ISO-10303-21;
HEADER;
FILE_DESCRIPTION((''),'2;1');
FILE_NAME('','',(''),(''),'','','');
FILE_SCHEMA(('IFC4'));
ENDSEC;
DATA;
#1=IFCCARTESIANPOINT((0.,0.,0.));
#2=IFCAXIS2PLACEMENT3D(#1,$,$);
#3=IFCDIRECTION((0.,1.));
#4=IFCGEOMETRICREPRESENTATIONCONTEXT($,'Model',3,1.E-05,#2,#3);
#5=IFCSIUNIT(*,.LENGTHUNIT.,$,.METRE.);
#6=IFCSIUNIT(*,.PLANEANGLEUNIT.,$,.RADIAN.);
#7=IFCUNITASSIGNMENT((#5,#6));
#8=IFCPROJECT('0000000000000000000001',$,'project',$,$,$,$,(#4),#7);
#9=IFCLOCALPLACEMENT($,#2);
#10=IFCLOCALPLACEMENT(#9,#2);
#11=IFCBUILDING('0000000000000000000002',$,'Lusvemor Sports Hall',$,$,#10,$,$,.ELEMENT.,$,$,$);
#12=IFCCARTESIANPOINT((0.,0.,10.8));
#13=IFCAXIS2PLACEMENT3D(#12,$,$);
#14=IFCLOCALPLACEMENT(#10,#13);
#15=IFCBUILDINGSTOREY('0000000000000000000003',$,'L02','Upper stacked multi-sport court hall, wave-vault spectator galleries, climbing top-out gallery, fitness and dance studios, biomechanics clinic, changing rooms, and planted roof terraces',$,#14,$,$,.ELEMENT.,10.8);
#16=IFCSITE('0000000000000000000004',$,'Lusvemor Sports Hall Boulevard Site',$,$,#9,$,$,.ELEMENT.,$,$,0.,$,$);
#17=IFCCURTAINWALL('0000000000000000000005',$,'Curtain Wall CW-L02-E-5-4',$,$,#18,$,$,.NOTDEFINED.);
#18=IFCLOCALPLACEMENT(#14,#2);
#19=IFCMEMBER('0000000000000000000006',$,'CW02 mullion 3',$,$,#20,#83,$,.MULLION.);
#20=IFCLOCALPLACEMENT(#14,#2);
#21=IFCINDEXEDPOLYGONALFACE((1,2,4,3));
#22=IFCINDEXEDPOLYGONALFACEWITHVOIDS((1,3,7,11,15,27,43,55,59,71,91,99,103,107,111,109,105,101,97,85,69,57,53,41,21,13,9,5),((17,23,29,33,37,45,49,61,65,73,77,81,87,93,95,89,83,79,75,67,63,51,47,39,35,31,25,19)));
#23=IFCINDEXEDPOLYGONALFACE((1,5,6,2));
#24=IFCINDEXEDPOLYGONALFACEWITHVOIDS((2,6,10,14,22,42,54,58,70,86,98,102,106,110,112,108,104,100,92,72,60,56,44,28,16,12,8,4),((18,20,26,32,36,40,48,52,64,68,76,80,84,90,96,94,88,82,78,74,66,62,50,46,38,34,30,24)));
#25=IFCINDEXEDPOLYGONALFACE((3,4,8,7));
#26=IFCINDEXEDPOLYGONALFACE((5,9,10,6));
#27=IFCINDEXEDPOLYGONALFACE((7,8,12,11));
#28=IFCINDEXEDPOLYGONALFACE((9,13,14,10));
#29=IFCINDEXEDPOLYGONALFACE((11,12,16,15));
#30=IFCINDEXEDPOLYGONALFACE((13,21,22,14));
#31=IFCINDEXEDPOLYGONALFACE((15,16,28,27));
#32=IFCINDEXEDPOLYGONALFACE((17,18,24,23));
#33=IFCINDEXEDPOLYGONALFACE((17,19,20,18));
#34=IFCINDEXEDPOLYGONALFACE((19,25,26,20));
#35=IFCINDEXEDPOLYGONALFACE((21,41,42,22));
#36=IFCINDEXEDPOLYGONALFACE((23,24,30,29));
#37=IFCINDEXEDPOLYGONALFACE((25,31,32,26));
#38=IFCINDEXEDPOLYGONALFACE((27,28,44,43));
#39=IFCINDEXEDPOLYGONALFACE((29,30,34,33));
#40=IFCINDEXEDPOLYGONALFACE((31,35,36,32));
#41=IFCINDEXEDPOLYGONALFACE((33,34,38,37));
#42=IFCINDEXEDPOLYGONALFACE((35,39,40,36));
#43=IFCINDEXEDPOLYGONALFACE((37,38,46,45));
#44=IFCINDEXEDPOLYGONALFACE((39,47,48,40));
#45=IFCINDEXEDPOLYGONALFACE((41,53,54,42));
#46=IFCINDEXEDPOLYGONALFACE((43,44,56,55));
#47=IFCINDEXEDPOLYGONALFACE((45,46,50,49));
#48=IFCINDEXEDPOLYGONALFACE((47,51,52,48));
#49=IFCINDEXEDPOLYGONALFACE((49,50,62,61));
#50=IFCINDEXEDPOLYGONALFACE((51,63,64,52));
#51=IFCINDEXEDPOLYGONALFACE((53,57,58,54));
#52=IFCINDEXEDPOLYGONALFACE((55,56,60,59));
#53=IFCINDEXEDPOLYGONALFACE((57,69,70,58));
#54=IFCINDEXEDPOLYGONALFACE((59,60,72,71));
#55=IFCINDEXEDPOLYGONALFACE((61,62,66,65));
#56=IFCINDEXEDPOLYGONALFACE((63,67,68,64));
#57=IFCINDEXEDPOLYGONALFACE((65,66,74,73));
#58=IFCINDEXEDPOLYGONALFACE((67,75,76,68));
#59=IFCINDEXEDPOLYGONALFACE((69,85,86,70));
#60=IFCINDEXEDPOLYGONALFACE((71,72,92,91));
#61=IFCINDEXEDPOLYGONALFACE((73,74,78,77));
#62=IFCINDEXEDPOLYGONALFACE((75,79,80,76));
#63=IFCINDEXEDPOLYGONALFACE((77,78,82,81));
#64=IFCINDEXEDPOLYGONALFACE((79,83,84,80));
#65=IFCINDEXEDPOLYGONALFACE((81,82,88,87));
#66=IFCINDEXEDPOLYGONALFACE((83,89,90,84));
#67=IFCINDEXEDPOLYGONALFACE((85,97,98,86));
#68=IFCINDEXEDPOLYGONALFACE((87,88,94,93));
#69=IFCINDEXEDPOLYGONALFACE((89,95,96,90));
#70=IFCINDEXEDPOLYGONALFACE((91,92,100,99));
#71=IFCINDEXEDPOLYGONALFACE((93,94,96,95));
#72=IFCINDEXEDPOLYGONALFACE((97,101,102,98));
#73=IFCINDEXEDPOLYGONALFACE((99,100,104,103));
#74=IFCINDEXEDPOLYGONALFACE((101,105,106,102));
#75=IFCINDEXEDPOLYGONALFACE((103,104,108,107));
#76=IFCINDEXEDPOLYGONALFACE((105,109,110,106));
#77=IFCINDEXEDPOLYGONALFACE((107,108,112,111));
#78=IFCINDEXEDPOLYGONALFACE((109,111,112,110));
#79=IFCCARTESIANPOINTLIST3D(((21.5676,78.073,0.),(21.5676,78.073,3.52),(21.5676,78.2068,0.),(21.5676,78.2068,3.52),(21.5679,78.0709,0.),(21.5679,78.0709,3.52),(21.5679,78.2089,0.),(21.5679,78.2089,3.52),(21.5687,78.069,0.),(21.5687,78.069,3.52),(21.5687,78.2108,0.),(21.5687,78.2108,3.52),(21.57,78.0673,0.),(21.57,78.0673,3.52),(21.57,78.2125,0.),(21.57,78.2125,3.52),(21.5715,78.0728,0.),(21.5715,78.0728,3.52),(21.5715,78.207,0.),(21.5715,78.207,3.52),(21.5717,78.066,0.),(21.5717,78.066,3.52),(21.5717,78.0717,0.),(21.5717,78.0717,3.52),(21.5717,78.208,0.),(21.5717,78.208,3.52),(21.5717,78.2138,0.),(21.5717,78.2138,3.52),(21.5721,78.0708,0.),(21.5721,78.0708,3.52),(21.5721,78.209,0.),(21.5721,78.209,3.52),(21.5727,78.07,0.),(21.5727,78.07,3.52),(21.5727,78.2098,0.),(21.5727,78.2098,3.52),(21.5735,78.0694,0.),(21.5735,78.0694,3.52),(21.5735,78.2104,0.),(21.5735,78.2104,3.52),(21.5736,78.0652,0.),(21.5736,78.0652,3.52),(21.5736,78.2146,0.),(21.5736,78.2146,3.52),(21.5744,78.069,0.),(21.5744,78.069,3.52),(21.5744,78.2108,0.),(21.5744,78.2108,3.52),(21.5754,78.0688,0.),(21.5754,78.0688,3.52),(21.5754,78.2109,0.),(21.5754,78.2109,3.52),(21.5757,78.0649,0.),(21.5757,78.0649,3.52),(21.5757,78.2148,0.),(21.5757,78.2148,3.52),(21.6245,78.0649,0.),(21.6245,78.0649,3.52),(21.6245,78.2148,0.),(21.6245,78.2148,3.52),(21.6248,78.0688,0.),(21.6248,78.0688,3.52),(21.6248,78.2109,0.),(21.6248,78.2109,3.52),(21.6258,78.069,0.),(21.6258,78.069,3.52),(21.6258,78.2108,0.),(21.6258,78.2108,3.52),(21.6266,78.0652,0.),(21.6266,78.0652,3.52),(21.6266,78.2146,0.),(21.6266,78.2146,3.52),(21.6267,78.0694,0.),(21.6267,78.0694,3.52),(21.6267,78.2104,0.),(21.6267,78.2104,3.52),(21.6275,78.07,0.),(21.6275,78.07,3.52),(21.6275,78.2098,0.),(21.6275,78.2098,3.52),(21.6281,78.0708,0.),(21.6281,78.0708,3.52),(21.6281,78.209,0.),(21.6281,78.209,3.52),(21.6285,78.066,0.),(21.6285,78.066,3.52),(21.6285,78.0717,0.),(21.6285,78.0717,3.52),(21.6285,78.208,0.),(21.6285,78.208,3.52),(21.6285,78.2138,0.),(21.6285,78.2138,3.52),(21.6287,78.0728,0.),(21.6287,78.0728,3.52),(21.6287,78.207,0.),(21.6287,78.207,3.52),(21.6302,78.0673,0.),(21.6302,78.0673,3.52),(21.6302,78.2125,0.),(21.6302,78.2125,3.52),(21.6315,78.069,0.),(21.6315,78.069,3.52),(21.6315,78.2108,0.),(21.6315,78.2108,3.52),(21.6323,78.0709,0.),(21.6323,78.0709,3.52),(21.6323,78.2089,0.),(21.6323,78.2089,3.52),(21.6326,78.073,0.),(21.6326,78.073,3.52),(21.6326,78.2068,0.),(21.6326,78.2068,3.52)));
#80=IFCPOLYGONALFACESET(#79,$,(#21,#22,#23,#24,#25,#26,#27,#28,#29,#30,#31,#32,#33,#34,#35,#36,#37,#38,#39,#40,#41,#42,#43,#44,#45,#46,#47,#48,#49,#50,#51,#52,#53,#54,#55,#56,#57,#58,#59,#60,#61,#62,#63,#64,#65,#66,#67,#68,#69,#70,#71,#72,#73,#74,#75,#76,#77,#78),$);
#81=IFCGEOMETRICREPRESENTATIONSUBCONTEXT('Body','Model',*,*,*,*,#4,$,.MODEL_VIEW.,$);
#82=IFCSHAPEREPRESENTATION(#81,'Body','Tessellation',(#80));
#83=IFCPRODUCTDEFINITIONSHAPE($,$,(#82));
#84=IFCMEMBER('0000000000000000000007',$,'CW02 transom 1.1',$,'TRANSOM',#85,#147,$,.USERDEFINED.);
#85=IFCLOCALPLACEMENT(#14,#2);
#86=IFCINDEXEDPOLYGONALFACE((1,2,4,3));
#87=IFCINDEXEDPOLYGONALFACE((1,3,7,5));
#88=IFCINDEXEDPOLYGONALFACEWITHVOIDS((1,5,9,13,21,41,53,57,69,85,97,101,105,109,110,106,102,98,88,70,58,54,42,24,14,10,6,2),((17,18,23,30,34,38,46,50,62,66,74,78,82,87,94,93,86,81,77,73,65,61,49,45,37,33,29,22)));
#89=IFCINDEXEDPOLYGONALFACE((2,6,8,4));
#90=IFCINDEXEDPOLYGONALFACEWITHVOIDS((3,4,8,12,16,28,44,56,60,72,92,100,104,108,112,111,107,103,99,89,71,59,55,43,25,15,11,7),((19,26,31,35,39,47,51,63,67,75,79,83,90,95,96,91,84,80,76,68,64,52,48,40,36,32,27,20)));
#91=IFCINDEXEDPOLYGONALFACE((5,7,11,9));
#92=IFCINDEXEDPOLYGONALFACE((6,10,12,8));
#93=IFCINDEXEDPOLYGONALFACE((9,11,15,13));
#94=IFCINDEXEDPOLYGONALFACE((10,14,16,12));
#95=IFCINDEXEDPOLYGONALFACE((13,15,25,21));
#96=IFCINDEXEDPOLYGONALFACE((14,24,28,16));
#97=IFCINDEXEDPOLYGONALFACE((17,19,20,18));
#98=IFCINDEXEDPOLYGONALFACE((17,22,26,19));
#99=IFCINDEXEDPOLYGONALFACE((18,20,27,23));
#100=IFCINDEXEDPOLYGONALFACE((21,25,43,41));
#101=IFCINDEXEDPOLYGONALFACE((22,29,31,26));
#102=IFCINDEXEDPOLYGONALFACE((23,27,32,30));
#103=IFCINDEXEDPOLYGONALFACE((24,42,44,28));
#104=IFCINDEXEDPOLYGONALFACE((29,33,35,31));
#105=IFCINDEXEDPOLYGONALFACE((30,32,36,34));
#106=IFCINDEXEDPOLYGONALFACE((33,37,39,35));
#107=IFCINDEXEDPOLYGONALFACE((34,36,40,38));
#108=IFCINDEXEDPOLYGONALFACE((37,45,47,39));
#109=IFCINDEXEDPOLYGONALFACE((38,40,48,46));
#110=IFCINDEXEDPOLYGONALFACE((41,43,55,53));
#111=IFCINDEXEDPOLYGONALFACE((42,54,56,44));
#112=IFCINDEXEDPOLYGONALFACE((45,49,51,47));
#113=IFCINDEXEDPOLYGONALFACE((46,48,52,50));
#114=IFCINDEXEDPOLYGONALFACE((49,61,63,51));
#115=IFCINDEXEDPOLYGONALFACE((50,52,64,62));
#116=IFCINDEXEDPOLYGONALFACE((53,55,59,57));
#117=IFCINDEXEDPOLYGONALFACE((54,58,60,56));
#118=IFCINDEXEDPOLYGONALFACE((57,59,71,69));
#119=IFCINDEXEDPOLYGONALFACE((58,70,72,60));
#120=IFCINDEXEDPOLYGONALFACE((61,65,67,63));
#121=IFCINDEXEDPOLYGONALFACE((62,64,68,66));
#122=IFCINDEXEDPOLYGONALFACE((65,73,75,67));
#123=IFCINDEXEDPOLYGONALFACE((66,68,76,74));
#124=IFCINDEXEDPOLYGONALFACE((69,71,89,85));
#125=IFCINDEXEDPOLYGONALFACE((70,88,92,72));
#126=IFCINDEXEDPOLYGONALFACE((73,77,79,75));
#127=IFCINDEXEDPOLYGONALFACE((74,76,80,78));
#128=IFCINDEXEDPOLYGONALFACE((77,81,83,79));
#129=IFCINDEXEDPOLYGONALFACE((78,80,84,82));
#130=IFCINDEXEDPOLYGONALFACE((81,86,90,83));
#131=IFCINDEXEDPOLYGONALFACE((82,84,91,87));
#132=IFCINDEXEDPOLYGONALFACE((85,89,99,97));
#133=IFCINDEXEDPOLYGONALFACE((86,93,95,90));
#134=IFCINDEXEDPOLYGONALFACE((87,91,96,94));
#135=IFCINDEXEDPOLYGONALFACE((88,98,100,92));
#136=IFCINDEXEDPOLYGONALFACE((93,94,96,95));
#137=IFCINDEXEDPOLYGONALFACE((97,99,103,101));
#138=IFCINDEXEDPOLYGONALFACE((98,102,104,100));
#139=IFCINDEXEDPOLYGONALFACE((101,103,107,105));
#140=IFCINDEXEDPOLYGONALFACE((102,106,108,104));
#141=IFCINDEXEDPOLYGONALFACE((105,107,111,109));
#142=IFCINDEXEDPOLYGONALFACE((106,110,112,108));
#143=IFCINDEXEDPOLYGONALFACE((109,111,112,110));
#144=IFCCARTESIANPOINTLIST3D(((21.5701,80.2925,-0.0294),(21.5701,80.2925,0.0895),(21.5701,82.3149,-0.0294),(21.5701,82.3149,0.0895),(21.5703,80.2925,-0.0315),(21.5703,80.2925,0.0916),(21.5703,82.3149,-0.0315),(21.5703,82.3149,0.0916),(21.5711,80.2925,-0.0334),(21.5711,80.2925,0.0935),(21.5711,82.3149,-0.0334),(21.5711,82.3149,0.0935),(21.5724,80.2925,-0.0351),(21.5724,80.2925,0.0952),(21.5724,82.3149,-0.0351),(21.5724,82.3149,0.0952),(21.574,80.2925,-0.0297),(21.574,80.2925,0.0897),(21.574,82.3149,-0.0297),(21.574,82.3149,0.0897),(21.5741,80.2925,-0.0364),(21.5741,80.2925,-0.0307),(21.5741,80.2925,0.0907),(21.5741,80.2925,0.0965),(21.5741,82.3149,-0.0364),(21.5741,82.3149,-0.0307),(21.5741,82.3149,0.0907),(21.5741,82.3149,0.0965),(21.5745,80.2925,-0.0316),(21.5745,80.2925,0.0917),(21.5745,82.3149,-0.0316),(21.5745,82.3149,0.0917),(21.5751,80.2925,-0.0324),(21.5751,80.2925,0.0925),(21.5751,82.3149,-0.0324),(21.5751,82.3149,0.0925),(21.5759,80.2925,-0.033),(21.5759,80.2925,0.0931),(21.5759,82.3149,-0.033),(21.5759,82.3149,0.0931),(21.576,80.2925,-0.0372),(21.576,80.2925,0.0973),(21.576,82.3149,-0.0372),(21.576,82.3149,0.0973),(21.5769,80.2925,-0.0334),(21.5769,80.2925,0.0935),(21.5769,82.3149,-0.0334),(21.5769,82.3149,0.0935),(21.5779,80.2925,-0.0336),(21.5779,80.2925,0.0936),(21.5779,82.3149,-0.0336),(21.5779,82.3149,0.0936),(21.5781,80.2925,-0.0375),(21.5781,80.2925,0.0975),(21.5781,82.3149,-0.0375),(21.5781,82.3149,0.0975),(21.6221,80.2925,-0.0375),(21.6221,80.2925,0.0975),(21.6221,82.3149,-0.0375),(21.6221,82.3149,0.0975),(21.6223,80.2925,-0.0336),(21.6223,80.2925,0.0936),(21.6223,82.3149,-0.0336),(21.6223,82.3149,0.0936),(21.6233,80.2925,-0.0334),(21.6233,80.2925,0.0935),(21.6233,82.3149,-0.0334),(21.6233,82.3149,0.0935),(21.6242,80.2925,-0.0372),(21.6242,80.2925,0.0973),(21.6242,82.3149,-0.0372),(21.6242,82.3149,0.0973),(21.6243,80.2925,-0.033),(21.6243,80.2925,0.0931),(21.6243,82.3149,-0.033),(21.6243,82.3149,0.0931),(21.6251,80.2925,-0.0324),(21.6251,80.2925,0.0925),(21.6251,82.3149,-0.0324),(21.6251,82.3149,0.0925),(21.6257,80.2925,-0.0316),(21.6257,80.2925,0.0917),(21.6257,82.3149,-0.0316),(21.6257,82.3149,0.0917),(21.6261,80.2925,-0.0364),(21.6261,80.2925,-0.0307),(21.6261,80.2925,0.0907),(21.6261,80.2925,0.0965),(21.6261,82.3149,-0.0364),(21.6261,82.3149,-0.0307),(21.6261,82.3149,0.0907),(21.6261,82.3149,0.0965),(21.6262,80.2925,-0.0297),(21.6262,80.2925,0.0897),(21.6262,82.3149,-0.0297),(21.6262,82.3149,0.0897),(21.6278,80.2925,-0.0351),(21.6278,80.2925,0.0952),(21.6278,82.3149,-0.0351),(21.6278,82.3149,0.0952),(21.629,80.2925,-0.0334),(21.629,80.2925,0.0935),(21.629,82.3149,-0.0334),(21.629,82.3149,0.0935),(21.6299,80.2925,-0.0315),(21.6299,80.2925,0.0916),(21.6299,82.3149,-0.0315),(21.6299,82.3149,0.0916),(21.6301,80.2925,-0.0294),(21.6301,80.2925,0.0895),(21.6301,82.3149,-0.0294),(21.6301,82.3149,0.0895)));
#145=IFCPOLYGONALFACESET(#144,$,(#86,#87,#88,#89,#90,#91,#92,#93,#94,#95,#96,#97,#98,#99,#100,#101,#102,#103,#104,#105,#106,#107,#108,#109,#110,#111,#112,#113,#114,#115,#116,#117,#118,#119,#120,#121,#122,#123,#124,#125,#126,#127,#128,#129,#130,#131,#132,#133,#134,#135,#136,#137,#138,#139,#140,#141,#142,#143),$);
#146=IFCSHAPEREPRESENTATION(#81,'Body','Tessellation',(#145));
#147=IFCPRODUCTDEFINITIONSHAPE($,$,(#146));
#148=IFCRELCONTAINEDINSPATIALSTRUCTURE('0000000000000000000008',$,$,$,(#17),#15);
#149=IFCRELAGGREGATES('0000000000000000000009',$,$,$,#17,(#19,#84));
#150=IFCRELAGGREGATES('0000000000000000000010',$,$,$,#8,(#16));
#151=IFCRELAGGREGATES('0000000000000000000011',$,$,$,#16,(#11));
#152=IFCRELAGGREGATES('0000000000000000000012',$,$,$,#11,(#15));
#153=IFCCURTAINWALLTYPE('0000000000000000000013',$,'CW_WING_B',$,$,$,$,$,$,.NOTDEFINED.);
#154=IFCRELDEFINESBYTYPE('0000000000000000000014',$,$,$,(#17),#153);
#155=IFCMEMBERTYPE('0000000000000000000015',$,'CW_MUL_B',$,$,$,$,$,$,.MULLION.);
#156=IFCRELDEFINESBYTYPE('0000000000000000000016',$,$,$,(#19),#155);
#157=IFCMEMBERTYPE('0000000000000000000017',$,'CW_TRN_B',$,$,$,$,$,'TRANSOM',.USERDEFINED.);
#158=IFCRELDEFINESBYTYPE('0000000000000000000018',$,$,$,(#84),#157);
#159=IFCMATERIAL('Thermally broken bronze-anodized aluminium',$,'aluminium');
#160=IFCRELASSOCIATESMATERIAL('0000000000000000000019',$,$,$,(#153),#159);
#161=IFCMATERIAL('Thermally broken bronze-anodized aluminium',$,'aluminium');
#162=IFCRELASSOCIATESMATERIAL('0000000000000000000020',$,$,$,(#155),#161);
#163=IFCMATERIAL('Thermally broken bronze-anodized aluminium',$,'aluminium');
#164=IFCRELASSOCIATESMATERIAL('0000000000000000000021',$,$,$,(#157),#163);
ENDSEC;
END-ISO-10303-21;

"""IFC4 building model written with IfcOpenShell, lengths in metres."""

from ifc_helpers import new_model, si_unit, direction, frame, origin, origin_2d, place, context, subcontext, project, spatial, hollow_rectangle, extrude, material, material_profile, profile_set, type_object, element, aggregate, save


model = new_model("IFC4")

# Units and contexts
model_context = context("Model", 3, precision=1e-05, world=origin(), true_north=direction((0.0, 1.0)))
body_context = subcontext(model_context, "Body", "Model", "MODEL_VIEW")
ifc_project = project(units=[si_unit("LENGTHUNIT", "METRE"), si_unit("PLANEANGLEUNIT", "RADIAN")], contexts=[model_context])

# Site, building, storey
site_placement = place(None, origin())
site = spatial("IfcSite", under=ifc_project, at=site_placement, Name="Lusvemor Sports Hall Boulevard Site", CompositionType="ELEMENT", RefElevation=0.0)
building_placement = place(site_placement, origin())
building = spatial("IfcBuilding", under=site, at=building_placement, Name="Lusvemor Sports Hall", CompositionType="ELEMENT")
storey_placement = place(building_placement, frame((0.0, 0.0, 10.8)))
storey = spatial("IfcBuildingStorey", under=building, at=storey_placement, Name="L02", Description="Upper stacked multi-sport court hall, wave-vault spectator galleries, climbing top-out gallery, fitness and dance studios, biomechanics clinic, changing rooms, and planted roof terraces", CompositionType="ELEMENT", Elevation=10.8)

# Curtain wall, members
ifc_material_1 = material(Name="Thermally broken bronze-anodized aluminium", Category="aluminium")
curtain_wall_type = type_object("IfcCurtainWallType", Name="CW_WING_B", PredefinedType="NOTDEFINED", material=ifc_material_1)
curtain_wall_placement = place(storey_placement, origin())
curtain_wall = element("IfcCurtainWall", 1, at=curtain_wall_placement, inside=storey, type_object=curtain_wall_type, Name="Curtain Wall CW-L02-E-5-4", PredefinedType="NOTDEFINED")
ifc_material_2 = material(Name="Thermally broken bronze-anodized aluminium", Category="aluminium")
ifc_material_profile_1 = material_profile(ifc_material_2, hollow_rectangle(XDim=0.0649, YDim=0.1499, WallThickness=0.0039, InnerFilletRadius=0.0039, OuterFilletRadius=0.0081, at=origin_2d()), Name="CWMUL150x65x4")
ifc_profile_set_1 = profile_set([ifc_material_profile_1], Name="Thermally broken bronze-anodized aluminium")
member_type_1 = type_object("IfcMemberType", Name="CW_MUL_B", PredefinedType="MULLION", material=ifc_profile_set_1)
member_1_placement = place(storey_placement, frame((21.6001, 78.1399, 0.0), z_axis=(0.0, 0.0, 1.0), x_axis=(1.0, 0.0, 0.0)))
member_1 = element("IfcMember", 2, at=member_1_placement, type_object=member_type_1, Name="CW02 mullion 3", PredefinedType="MULLION", context=body_context, shape_type="SweptSolid", body=[
    extrude(hollow_rectangle(XDim=0.0649, YDim=0.1499, WallThickness=0.0039, InnerFilletRadius=0.0039, OuterFilletRadius=0.0081, at=origin_2d()), origin(), (0.0, 0.0, 1.0), 3.52),
])
ifc_material_3 = material(Name="Thermally broken bronze-anodized aluminium", Category="aluminium")
ifc_material_profile_2 = material_profile(ifc_material_3, hollow_rectangle(XDim=0.0601, YDim=0.135, WallThickness=0.0039, InnerFilletRadius=0.0039, OuterFilletRadius=0.0081, at=origin_2d()), Name="CWTRN135x60x4")
ifc_profile_set_2 = profile_set([ifc_material_profile_2], Name="Thermally broken bronze-anodized aluminium")
member_type_2 = type_object("IfcMemberType", Name="CW_TRN_B", ElementType="TRANSOM", PredefinedType="USERDEFINED", material=ifc_profile_set_2)
member_2_placement = place(storey_placement, frame((21.6001, 82.3149, 0.03), z_axis=(0.0, -1.0, 0.0), x_axis=(1.0, 0.0, 0.0)))
member_2 = element("IfcMember", 3, at=member_2_placement, type_object=member_type_2, Name="CW02 transom 1.1", ObjectType="TRANSOM", PredefinedType="USERDEFINED", context=body_context, shape_type="SweptSolid", body=[
    extrude(hollow_rectangle(XDim=0.0601, YDim=0.135, WallThickness=0.0039, InnerFilletRadius=0.0039, OuterFilletRadius=0.0081, at=origin_2d()), origin(), (0.0, 0.0, 1.0), 2.0225),
])

aggregate(curtain_wall, [member_1, member_2])

save(model, "model.ifc")
